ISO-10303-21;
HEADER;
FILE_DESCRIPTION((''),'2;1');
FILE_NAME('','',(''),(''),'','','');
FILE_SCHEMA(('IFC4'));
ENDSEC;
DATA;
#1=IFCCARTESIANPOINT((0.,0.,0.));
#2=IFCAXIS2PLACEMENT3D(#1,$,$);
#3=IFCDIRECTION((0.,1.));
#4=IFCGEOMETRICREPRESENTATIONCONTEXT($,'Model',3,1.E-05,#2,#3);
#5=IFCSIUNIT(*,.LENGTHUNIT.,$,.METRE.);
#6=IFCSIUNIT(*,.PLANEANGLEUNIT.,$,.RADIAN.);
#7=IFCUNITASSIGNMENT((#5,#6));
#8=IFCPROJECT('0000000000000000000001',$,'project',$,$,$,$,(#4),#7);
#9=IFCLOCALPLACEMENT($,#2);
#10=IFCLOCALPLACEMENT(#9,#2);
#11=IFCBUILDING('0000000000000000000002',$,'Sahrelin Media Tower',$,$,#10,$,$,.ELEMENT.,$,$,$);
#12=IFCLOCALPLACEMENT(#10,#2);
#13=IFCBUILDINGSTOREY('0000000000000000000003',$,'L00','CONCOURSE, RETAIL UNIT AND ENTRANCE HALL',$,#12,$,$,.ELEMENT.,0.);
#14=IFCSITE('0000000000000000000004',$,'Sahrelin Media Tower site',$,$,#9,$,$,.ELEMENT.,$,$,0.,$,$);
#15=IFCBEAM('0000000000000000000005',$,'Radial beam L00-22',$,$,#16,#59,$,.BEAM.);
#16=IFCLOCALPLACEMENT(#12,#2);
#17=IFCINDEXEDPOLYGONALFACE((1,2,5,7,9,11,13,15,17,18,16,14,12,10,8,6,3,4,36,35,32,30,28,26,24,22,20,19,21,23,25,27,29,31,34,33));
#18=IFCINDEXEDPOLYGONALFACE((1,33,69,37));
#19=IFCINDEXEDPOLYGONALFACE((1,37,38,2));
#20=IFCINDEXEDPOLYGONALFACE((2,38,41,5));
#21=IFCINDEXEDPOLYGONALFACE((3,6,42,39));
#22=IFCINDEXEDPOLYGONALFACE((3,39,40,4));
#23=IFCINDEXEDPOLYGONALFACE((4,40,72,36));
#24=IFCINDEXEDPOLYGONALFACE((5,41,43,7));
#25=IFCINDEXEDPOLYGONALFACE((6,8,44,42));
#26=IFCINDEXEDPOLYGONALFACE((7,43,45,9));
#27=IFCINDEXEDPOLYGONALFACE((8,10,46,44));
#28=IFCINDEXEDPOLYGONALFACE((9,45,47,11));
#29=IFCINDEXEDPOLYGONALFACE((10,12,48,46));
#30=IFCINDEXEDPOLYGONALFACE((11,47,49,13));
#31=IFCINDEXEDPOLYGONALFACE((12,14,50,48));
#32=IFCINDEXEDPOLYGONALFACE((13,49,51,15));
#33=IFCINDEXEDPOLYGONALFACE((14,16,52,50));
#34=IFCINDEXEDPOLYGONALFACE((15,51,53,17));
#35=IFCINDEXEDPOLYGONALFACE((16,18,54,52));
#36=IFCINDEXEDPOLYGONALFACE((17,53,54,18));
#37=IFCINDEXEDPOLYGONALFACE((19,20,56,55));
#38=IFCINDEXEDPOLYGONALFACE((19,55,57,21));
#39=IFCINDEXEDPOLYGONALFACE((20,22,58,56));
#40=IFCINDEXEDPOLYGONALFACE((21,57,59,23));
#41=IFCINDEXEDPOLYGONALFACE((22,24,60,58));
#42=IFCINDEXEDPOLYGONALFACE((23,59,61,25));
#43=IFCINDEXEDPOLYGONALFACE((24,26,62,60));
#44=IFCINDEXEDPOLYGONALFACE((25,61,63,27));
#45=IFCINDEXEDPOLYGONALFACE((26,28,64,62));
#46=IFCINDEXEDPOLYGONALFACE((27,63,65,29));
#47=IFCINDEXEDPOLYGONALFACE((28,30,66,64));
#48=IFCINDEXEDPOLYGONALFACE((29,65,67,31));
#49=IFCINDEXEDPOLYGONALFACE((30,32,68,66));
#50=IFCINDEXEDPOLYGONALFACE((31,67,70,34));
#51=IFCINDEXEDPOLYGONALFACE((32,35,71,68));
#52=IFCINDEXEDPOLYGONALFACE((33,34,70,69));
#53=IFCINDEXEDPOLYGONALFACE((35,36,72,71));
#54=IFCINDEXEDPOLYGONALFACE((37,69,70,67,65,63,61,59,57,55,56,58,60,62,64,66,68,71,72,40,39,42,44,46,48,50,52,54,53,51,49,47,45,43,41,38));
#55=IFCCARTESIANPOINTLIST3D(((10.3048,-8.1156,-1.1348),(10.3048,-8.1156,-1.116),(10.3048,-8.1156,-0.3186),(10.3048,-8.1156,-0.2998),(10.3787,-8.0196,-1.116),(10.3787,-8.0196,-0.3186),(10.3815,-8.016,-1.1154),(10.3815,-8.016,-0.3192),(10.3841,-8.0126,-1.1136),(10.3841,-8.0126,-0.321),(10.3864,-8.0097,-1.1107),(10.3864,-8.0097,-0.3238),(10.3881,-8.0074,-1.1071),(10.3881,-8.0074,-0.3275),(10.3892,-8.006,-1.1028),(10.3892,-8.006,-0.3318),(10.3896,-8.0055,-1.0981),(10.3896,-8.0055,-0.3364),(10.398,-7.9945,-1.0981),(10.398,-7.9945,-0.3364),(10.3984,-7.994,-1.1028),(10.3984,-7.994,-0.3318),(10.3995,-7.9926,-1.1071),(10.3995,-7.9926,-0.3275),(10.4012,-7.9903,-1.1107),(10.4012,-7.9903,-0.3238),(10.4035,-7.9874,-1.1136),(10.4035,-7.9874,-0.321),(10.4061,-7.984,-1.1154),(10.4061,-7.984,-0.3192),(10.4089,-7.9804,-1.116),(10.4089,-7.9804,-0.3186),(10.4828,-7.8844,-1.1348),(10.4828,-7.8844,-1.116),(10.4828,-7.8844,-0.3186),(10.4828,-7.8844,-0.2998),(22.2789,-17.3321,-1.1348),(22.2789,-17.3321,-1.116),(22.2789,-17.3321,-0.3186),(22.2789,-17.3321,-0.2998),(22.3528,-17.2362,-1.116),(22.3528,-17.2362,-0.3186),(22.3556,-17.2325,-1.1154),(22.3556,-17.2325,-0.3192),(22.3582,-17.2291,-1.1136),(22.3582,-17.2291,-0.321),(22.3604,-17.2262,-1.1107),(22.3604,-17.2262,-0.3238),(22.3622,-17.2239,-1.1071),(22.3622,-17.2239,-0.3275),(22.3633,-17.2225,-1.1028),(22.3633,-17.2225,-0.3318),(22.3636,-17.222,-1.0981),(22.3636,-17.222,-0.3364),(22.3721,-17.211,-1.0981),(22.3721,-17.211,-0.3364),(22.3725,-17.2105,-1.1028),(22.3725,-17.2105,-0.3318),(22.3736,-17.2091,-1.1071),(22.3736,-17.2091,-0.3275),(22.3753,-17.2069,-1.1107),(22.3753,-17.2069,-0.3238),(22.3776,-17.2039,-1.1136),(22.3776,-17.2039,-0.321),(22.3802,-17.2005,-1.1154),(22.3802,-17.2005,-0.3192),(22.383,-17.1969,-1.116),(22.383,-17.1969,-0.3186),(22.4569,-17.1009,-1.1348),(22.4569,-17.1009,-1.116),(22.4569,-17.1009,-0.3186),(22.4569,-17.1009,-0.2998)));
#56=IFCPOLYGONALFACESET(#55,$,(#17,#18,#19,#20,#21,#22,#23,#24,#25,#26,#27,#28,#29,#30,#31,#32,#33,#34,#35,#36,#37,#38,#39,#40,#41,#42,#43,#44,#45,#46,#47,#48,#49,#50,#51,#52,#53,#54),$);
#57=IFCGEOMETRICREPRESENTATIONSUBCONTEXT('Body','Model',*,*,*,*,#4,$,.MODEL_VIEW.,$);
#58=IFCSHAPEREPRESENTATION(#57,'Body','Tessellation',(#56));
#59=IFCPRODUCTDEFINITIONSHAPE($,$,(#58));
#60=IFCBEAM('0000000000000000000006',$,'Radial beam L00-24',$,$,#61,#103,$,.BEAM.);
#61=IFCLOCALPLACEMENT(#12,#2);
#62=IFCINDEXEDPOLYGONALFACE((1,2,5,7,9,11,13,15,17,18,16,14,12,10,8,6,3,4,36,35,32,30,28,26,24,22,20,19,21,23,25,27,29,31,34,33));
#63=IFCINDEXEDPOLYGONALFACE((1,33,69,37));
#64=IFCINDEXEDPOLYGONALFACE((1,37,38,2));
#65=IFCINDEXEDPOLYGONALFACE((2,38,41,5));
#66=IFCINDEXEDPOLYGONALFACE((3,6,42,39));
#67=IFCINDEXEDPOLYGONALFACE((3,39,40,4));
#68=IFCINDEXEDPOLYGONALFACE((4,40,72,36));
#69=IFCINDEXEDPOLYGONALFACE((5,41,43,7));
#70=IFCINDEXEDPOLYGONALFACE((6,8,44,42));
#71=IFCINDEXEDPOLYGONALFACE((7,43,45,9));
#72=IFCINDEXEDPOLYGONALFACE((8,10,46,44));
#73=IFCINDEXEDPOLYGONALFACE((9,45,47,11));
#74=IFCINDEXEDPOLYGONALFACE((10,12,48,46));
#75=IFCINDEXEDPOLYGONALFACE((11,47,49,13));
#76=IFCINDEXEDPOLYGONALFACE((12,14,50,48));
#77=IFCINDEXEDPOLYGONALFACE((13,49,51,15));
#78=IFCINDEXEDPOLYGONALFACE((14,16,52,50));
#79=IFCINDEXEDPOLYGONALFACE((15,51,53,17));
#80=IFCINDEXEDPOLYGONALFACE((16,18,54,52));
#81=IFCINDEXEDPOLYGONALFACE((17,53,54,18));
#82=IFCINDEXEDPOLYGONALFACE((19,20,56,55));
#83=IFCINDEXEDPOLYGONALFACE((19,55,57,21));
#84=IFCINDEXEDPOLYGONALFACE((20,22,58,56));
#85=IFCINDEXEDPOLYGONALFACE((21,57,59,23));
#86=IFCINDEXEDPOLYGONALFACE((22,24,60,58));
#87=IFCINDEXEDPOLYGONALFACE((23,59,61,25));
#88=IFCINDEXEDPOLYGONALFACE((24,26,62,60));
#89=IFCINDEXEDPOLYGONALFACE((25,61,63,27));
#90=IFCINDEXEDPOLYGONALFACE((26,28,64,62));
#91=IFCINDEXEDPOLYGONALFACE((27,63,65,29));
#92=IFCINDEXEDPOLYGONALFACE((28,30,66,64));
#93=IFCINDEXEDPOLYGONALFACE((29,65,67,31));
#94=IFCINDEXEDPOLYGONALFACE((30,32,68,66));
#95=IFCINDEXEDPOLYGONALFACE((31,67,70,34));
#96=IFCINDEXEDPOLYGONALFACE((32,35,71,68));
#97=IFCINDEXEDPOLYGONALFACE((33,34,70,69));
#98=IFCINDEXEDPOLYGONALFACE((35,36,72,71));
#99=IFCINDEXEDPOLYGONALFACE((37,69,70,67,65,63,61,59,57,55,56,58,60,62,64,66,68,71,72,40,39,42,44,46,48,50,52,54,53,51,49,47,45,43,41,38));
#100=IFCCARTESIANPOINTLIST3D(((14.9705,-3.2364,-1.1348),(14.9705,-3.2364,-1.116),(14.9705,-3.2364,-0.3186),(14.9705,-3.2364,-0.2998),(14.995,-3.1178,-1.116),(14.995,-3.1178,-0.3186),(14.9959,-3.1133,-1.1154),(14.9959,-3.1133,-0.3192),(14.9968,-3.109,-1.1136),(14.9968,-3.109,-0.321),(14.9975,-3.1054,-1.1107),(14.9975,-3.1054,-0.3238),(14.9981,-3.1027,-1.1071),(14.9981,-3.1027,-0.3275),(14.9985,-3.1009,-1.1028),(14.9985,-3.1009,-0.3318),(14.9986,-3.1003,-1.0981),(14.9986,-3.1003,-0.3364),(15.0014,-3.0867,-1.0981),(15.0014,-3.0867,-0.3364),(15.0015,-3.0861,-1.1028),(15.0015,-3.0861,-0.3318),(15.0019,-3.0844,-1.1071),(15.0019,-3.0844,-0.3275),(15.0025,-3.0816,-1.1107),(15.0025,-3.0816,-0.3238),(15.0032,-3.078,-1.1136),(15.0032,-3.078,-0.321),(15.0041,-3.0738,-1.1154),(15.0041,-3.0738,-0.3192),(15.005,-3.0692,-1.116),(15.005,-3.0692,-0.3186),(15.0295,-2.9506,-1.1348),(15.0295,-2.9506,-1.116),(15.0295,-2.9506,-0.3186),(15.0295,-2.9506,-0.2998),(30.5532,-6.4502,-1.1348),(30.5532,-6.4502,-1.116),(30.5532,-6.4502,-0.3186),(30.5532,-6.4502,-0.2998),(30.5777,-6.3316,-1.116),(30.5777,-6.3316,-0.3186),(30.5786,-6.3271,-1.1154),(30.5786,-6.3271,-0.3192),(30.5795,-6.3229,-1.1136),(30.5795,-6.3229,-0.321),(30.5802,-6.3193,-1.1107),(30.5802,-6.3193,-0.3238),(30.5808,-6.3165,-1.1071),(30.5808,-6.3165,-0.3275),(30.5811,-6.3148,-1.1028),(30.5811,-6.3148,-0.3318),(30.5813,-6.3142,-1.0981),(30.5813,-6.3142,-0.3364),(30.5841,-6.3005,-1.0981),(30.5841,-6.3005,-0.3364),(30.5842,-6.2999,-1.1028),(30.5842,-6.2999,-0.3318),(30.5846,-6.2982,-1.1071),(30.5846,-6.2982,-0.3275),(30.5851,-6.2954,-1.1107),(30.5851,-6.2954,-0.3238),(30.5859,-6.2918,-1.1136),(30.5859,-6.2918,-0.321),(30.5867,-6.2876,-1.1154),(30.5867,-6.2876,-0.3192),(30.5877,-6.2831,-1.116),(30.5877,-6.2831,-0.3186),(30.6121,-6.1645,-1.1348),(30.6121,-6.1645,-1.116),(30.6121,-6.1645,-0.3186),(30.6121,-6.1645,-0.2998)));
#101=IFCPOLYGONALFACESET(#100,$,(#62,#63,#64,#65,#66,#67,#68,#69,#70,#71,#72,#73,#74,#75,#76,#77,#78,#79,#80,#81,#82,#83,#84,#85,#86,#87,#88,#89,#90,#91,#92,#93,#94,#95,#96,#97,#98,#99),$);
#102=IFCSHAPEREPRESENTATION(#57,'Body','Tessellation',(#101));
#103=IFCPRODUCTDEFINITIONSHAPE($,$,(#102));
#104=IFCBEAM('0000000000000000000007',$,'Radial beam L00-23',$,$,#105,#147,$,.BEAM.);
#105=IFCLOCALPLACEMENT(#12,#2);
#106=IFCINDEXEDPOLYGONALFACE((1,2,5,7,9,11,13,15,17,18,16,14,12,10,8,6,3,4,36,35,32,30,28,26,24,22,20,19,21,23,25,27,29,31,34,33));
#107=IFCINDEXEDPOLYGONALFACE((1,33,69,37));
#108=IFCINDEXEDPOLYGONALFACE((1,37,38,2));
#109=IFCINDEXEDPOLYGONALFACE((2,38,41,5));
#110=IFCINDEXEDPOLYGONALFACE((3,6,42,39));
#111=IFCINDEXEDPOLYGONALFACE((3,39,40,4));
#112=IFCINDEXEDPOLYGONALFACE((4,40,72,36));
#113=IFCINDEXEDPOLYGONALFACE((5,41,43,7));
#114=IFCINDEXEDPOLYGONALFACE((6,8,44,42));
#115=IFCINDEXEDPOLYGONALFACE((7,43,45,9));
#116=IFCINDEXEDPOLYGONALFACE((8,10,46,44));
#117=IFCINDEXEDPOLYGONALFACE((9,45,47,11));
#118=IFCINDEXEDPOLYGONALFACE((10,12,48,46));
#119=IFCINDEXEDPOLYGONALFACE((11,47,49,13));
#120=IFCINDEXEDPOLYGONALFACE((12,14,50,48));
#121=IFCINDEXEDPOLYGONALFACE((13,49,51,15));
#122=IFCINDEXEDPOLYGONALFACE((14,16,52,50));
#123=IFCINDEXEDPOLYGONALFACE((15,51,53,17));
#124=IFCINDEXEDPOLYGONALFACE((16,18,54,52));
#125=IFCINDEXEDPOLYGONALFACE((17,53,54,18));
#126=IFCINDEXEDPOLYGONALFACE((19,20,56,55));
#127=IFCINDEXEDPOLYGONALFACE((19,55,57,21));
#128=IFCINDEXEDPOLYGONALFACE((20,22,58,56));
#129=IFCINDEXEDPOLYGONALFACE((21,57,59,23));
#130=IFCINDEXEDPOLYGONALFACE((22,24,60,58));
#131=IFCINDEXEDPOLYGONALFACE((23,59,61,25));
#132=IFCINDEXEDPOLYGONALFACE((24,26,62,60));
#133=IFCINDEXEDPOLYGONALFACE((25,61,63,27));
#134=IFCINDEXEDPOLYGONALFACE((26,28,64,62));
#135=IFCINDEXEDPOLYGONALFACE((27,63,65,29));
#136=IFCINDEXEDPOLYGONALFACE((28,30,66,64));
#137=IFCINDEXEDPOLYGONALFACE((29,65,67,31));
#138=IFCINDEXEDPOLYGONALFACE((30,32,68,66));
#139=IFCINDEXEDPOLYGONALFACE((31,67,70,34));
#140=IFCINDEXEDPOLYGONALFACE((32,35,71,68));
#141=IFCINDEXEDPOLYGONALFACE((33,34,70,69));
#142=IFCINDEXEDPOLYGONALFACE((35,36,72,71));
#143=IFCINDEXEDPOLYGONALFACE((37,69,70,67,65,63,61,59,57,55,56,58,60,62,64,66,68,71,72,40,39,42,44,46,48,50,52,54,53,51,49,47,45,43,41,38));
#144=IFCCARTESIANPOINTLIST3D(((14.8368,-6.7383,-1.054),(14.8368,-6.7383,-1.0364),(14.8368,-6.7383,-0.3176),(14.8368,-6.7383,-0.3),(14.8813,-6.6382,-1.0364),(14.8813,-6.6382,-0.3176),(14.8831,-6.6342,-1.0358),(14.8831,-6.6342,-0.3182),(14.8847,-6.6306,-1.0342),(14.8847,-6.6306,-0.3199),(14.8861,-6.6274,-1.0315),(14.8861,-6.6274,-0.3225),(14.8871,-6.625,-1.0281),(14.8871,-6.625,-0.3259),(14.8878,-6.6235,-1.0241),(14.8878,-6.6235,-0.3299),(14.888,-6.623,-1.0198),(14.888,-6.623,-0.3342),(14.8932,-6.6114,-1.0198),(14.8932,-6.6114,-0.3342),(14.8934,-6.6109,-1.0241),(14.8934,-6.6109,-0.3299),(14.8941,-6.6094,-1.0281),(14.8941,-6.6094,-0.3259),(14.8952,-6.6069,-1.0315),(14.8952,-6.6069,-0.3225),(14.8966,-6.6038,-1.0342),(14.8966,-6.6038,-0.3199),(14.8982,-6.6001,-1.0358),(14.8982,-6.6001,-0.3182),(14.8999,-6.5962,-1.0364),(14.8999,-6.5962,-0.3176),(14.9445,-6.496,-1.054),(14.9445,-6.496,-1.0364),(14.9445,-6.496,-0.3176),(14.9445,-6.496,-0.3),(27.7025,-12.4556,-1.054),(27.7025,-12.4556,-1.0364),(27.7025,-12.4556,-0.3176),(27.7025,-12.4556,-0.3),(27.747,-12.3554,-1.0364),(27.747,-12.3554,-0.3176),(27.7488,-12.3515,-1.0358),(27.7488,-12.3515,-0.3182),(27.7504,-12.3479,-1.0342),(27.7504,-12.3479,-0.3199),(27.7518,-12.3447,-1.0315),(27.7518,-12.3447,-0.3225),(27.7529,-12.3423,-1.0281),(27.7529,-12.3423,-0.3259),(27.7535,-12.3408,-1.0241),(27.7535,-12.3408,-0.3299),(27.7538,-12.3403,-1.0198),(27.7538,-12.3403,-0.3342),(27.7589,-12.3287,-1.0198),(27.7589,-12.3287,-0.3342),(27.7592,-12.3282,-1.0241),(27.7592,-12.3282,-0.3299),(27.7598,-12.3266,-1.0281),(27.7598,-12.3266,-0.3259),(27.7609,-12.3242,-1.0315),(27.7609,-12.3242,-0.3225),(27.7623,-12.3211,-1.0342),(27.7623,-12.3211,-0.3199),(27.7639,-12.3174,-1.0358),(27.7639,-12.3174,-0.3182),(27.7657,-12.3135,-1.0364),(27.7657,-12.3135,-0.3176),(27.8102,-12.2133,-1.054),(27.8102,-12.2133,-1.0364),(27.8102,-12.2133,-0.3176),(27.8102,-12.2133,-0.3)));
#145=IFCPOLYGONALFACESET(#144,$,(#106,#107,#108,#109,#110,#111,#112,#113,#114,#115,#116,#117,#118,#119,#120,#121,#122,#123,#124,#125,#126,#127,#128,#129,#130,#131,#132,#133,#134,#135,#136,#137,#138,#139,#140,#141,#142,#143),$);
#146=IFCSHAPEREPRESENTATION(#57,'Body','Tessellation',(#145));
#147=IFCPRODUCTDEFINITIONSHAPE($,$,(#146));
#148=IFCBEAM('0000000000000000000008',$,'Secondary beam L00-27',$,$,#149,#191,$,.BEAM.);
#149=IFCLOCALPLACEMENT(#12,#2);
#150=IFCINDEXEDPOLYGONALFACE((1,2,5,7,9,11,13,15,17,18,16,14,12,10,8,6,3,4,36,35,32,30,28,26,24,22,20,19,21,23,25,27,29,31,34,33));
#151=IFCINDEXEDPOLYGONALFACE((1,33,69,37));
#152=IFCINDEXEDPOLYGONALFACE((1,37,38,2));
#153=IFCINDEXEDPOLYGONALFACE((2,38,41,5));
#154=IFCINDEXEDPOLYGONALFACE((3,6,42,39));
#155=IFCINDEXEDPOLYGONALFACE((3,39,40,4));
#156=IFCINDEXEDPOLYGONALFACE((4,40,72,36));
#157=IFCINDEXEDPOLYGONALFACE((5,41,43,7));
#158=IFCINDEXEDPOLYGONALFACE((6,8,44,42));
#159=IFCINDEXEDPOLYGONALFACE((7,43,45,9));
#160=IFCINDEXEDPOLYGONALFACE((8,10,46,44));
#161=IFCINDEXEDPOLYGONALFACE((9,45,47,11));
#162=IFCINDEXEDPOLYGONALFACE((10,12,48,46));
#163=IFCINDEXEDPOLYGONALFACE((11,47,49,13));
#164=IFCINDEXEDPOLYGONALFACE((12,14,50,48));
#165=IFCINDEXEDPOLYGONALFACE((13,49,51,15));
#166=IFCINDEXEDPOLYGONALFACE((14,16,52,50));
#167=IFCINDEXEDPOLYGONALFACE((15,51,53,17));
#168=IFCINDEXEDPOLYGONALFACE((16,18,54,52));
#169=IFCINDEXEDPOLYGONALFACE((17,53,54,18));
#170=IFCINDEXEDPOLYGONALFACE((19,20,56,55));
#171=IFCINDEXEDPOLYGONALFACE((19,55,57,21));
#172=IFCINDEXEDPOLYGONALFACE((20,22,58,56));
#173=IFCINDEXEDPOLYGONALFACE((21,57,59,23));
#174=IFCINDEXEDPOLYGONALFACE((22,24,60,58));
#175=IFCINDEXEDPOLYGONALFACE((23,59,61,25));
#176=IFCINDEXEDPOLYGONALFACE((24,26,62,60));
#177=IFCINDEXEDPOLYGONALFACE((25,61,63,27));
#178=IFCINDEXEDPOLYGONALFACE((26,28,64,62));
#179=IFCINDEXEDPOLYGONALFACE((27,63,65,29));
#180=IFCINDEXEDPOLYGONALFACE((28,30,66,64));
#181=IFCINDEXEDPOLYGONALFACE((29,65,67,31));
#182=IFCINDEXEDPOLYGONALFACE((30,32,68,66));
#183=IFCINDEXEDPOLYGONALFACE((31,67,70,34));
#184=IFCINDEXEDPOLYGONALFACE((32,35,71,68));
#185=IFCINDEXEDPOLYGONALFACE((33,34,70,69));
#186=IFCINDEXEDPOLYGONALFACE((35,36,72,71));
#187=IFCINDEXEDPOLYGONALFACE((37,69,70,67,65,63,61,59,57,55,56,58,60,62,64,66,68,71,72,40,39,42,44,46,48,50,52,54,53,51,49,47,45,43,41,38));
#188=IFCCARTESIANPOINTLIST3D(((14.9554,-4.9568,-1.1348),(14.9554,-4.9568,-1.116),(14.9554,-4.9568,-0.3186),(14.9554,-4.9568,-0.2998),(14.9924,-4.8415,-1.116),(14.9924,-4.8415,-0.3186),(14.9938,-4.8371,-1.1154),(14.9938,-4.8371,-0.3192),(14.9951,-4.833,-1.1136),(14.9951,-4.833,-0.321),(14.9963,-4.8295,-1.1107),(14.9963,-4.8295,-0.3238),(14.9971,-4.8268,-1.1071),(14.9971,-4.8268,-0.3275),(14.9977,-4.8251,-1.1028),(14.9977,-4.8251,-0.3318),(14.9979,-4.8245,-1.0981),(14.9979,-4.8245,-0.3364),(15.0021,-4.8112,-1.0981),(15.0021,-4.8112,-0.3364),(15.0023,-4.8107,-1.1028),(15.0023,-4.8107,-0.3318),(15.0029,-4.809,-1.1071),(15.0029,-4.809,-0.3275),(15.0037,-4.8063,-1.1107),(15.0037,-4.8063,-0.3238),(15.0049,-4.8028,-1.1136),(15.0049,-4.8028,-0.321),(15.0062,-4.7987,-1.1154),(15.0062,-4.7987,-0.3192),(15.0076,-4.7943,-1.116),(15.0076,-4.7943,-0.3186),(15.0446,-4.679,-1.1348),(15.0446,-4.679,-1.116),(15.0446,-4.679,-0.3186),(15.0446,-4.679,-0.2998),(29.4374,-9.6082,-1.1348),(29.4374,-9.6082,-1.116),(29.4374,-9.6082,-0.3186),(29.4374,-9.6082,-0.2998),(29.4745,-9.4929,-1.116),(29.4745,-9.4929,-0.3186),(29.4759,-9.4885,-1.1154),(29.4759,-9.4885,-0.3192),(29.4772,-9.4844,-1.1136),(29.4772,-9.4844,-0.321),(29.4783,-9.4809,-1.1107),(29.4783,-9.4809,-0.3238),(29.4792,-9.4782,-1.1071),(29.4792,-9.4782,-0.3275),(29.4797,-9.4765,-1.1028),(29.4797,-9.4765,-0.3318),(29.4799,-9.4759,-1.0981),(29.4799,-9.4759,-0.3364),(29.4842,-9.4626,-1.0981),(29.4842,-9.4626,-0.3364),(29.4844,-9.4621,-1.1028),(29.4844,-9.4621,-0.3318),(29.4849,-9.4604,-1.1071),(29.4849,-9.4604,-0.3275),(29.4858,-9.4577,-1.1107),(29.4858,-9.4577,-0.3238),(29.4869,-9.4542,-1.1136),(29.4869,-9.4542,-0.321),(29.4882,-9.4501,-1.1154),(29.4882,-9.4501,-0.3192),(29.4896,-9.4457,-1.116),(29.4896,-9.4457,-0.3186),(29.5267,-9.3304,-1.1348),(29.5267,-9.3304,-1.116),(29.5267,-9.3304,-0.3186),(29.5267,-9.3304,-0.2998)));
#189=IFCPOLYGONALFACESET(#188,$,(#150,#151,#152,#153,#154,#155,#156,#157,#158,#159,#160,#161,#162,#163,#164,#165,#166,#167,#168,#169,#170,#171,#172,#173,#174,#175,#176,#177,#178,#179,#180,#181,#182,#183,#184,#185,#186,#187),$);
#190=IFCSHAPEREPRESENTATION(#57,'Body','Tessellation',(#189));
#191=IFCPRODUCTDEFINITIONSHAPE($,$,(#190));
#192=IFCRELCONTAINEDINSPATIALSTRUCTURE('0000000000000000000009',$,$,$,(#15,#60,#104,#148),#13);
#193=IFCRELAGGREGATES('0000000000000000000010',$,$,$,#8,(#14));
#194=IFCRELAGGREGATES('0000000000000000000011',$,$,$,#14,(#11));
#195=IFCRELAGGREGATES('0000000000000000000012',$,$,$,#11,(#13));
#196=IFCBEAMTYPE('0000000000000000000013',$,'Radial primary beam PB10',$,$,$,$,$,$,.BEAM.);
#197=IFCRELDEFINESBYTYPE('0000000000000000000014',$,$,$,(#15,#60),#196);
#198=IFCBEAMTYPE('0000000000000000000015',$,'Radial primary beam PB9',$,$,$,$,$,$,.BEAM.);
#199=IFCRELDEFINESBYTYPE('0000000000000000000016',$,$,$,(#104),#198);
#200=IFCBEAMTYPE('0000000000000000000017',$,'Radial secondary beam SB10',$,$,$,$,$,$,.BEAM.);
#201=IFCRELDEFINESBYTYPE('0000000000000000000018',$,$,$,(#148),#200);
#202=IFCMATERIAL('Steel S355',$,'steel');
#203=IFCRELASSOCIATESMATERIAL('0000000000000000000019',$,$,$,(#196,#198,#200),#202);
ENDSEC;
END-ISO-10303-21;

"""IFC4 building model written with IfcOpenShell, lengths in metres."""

from ifc_helpers import new_model, si_unit, direction, frame, origin, origin_2d, place, context, subcontext, project, spatial, i_section, extrude, material, material_profile, profile_set, type_object, element, save


model = new_model("IFC4")

# Units and contexts
model_context = context("Model", 3, precision=1e-05, world=origin(), true_north=direction((0.0, 1.0)))
body_context = subcontext(model_context, "Body", "Model", "MODEL_VIEW")
ifc_project = project(units=[si_unit("LENGTHUNIT", "METRE"), si_unit("PLANEANGLEUNIT", "RADIAN")], contexts=[model_context])

# Site, building, storey
site_placement = place(None, origin())
site = spatial("IfcSite", under=ifc_project, at=site_placement, Name="Sahrelin Media Tower site", CompositionType="ELEMENT", RefElevation=0.0)
building_placement = place(site_placement, origin())
building = spatial("IfcBuilding", under=site, at=building_placement, Name="Sahrelin Media Tower", CompositionType="ELEMENT")
storey_placement = place(building_placement, origin())
storey = spatial("IfcBuildingStorey", under=building, at=storey_placement, Name="L00", Description="CONCOURSE, RETAIL UNIT AND ENTRANCE HALL", CompositionType="ELEMENT", Elevation=0.0)

# Beams
ifc_material_1 = material(Name="Steel S355", Category="steel")
ifc_material_profile_1 = material_profile(ifc_material_1, i_section(OverallWidth=0.2917, OverallDepth=0.835, WebThickness=0.0139, FlangeThickness=0.0188, FilletRadius=0.0178, at=origin_2d()), Name="UB 838x292x176")
ifc_profile_set_1 = profile_set([ifc_material_profile_1], Name="Steel S355")
beam_type_1 = type_object("IfcBeamType", Name="Radial primary beam PB10", PredefinedType="BEAM", material=ifc_profile_set_1)
beam_1_placement = place(storey_placement, frame((10.3938, -8.0, -0.7173), z_axis=(0.792442, -0.609947, 0.0), x_axis=(0.609947, 0.792442, 0.0)))
element("IfcBeam", 1, at=beam_1_placement, inside=storey, type_object=beam_type_1, Name="Radial beam L00-22", PredefinedType="BEAM", context=body_context, shape_type="SweptSolid", body=[
    extrude(i_section(OverallWidth=0.2917, OverallDepth=0.835, WebThickness=0.0139, FlangeThickness=0.0188, FilletRadius=0.0178, at=origin_2d()), origin(), (0.0, 0.0, 1.0), 15.1104),
])
beam_2_placement = place(storey_placement, frame((15.0, -3.0935, -0.7173), z_axis=(0.979387, -0.201994, 0.0), x_axis=(0.201994, 0.979387, 0.0)))
element("IfcBeam", 2, at=beam_2_placement, inside=storey, type_object=beam_type_1, Name="Radial beam L00-24", PredefinedType="BEAM", context=body_context, shape_type="SweptSolid", body=[
    extrude(i_section(OverallWidth=0.2917, OverallDepth=0.835, WebThickness=0.0139, FlangeThickness=0.0188, FilletRadius=0.0178, at=origin_2d()), origin(), (0.0, 0.0, 1.0), 15.9106),
])
ifc_material_profile_2 = material_profile(ifc_material_1, i_section(OverallWidth=0.2651, OverallDepth=0.7539, WebThickness=0.0127, FlangeThickness=0.0176, FilletRadius=0.0166, at=origin_2d()), Name="UB 762x267x147")
ifc_profile_set_2 = profile_set([ifc_material_profile_2], Name="Steel S355")
beam_type_2 = type_object("IfcBeamType", Name="Radial primary beam PB9", PredefinedType="BEAM", material=ifc_profile_set_2)
beam_3_placement = place(storey_placement, frame((14.8906, -6.6172, -0.677), z_axis=(0.913833, -0.40609, 0.0), x_axis=(0.40609, 0.913833, 0.0)))
element("IfcBeam", 3, at=beam_3_placement, inside=storey, type_object=beam_type_2, Name="Radial beam L00-23", PredefinedType="BEAM", context=body_context, shape_type="SweptSolid", body=[
    extrude(i_section(OverallWidth=0.2651, OverallDepth=0.7539, WebThickness=0.0127, FlangeThickness=0.0176, FilletRadius=0.0166, at=origin_2d()), origin(), (0.0, 0.0, 1.0), 14.0789),
])
ifc_material_profile_3 = material_profile(ifc_material_1, i_section(OverallWidth=0.2917, OverallDepth=0.835, WebThickness=0.0139, FlangeThickness=0.0188, FilletRadius=0.0178, at=origin_2d()), Name="UB 838x292x176")
ifc_profile_set_3 = profile_set([ifc_material_profile_3], Name="Steel S355")
beam_type_3 = type_object("IfcBeamType", Name="Radial secondary beam SB10", PredefinedType="BEAM", material=ifc_profile_set_3)
beam_4_placement = place(storey_placement, frame((15.0, -4.8179, -0.7173), z_axis=(0.952096, -0.305798, 0.0), x_axis=(0.305798, 0.952096, 0.0)))
element("IfcBeam", 4, at=beam_4_placement, inside=storey, type_object=beam_type_3, Name="Secondary beam L00-27", PredefinedType="BEAM", context=body_context, shape_type="SweptSolid", body=[
    extrude(i_section(OverallWidth=0.2917, OverallDepth=0.835, WebThickness=0.0139, FlangeThickness=0.0188, FilletRadius=0.0178, at=origin_2d()), origin(), (0.0, 0.0, 1.0), 15.2107),
])

save(model, "model.ifc")
